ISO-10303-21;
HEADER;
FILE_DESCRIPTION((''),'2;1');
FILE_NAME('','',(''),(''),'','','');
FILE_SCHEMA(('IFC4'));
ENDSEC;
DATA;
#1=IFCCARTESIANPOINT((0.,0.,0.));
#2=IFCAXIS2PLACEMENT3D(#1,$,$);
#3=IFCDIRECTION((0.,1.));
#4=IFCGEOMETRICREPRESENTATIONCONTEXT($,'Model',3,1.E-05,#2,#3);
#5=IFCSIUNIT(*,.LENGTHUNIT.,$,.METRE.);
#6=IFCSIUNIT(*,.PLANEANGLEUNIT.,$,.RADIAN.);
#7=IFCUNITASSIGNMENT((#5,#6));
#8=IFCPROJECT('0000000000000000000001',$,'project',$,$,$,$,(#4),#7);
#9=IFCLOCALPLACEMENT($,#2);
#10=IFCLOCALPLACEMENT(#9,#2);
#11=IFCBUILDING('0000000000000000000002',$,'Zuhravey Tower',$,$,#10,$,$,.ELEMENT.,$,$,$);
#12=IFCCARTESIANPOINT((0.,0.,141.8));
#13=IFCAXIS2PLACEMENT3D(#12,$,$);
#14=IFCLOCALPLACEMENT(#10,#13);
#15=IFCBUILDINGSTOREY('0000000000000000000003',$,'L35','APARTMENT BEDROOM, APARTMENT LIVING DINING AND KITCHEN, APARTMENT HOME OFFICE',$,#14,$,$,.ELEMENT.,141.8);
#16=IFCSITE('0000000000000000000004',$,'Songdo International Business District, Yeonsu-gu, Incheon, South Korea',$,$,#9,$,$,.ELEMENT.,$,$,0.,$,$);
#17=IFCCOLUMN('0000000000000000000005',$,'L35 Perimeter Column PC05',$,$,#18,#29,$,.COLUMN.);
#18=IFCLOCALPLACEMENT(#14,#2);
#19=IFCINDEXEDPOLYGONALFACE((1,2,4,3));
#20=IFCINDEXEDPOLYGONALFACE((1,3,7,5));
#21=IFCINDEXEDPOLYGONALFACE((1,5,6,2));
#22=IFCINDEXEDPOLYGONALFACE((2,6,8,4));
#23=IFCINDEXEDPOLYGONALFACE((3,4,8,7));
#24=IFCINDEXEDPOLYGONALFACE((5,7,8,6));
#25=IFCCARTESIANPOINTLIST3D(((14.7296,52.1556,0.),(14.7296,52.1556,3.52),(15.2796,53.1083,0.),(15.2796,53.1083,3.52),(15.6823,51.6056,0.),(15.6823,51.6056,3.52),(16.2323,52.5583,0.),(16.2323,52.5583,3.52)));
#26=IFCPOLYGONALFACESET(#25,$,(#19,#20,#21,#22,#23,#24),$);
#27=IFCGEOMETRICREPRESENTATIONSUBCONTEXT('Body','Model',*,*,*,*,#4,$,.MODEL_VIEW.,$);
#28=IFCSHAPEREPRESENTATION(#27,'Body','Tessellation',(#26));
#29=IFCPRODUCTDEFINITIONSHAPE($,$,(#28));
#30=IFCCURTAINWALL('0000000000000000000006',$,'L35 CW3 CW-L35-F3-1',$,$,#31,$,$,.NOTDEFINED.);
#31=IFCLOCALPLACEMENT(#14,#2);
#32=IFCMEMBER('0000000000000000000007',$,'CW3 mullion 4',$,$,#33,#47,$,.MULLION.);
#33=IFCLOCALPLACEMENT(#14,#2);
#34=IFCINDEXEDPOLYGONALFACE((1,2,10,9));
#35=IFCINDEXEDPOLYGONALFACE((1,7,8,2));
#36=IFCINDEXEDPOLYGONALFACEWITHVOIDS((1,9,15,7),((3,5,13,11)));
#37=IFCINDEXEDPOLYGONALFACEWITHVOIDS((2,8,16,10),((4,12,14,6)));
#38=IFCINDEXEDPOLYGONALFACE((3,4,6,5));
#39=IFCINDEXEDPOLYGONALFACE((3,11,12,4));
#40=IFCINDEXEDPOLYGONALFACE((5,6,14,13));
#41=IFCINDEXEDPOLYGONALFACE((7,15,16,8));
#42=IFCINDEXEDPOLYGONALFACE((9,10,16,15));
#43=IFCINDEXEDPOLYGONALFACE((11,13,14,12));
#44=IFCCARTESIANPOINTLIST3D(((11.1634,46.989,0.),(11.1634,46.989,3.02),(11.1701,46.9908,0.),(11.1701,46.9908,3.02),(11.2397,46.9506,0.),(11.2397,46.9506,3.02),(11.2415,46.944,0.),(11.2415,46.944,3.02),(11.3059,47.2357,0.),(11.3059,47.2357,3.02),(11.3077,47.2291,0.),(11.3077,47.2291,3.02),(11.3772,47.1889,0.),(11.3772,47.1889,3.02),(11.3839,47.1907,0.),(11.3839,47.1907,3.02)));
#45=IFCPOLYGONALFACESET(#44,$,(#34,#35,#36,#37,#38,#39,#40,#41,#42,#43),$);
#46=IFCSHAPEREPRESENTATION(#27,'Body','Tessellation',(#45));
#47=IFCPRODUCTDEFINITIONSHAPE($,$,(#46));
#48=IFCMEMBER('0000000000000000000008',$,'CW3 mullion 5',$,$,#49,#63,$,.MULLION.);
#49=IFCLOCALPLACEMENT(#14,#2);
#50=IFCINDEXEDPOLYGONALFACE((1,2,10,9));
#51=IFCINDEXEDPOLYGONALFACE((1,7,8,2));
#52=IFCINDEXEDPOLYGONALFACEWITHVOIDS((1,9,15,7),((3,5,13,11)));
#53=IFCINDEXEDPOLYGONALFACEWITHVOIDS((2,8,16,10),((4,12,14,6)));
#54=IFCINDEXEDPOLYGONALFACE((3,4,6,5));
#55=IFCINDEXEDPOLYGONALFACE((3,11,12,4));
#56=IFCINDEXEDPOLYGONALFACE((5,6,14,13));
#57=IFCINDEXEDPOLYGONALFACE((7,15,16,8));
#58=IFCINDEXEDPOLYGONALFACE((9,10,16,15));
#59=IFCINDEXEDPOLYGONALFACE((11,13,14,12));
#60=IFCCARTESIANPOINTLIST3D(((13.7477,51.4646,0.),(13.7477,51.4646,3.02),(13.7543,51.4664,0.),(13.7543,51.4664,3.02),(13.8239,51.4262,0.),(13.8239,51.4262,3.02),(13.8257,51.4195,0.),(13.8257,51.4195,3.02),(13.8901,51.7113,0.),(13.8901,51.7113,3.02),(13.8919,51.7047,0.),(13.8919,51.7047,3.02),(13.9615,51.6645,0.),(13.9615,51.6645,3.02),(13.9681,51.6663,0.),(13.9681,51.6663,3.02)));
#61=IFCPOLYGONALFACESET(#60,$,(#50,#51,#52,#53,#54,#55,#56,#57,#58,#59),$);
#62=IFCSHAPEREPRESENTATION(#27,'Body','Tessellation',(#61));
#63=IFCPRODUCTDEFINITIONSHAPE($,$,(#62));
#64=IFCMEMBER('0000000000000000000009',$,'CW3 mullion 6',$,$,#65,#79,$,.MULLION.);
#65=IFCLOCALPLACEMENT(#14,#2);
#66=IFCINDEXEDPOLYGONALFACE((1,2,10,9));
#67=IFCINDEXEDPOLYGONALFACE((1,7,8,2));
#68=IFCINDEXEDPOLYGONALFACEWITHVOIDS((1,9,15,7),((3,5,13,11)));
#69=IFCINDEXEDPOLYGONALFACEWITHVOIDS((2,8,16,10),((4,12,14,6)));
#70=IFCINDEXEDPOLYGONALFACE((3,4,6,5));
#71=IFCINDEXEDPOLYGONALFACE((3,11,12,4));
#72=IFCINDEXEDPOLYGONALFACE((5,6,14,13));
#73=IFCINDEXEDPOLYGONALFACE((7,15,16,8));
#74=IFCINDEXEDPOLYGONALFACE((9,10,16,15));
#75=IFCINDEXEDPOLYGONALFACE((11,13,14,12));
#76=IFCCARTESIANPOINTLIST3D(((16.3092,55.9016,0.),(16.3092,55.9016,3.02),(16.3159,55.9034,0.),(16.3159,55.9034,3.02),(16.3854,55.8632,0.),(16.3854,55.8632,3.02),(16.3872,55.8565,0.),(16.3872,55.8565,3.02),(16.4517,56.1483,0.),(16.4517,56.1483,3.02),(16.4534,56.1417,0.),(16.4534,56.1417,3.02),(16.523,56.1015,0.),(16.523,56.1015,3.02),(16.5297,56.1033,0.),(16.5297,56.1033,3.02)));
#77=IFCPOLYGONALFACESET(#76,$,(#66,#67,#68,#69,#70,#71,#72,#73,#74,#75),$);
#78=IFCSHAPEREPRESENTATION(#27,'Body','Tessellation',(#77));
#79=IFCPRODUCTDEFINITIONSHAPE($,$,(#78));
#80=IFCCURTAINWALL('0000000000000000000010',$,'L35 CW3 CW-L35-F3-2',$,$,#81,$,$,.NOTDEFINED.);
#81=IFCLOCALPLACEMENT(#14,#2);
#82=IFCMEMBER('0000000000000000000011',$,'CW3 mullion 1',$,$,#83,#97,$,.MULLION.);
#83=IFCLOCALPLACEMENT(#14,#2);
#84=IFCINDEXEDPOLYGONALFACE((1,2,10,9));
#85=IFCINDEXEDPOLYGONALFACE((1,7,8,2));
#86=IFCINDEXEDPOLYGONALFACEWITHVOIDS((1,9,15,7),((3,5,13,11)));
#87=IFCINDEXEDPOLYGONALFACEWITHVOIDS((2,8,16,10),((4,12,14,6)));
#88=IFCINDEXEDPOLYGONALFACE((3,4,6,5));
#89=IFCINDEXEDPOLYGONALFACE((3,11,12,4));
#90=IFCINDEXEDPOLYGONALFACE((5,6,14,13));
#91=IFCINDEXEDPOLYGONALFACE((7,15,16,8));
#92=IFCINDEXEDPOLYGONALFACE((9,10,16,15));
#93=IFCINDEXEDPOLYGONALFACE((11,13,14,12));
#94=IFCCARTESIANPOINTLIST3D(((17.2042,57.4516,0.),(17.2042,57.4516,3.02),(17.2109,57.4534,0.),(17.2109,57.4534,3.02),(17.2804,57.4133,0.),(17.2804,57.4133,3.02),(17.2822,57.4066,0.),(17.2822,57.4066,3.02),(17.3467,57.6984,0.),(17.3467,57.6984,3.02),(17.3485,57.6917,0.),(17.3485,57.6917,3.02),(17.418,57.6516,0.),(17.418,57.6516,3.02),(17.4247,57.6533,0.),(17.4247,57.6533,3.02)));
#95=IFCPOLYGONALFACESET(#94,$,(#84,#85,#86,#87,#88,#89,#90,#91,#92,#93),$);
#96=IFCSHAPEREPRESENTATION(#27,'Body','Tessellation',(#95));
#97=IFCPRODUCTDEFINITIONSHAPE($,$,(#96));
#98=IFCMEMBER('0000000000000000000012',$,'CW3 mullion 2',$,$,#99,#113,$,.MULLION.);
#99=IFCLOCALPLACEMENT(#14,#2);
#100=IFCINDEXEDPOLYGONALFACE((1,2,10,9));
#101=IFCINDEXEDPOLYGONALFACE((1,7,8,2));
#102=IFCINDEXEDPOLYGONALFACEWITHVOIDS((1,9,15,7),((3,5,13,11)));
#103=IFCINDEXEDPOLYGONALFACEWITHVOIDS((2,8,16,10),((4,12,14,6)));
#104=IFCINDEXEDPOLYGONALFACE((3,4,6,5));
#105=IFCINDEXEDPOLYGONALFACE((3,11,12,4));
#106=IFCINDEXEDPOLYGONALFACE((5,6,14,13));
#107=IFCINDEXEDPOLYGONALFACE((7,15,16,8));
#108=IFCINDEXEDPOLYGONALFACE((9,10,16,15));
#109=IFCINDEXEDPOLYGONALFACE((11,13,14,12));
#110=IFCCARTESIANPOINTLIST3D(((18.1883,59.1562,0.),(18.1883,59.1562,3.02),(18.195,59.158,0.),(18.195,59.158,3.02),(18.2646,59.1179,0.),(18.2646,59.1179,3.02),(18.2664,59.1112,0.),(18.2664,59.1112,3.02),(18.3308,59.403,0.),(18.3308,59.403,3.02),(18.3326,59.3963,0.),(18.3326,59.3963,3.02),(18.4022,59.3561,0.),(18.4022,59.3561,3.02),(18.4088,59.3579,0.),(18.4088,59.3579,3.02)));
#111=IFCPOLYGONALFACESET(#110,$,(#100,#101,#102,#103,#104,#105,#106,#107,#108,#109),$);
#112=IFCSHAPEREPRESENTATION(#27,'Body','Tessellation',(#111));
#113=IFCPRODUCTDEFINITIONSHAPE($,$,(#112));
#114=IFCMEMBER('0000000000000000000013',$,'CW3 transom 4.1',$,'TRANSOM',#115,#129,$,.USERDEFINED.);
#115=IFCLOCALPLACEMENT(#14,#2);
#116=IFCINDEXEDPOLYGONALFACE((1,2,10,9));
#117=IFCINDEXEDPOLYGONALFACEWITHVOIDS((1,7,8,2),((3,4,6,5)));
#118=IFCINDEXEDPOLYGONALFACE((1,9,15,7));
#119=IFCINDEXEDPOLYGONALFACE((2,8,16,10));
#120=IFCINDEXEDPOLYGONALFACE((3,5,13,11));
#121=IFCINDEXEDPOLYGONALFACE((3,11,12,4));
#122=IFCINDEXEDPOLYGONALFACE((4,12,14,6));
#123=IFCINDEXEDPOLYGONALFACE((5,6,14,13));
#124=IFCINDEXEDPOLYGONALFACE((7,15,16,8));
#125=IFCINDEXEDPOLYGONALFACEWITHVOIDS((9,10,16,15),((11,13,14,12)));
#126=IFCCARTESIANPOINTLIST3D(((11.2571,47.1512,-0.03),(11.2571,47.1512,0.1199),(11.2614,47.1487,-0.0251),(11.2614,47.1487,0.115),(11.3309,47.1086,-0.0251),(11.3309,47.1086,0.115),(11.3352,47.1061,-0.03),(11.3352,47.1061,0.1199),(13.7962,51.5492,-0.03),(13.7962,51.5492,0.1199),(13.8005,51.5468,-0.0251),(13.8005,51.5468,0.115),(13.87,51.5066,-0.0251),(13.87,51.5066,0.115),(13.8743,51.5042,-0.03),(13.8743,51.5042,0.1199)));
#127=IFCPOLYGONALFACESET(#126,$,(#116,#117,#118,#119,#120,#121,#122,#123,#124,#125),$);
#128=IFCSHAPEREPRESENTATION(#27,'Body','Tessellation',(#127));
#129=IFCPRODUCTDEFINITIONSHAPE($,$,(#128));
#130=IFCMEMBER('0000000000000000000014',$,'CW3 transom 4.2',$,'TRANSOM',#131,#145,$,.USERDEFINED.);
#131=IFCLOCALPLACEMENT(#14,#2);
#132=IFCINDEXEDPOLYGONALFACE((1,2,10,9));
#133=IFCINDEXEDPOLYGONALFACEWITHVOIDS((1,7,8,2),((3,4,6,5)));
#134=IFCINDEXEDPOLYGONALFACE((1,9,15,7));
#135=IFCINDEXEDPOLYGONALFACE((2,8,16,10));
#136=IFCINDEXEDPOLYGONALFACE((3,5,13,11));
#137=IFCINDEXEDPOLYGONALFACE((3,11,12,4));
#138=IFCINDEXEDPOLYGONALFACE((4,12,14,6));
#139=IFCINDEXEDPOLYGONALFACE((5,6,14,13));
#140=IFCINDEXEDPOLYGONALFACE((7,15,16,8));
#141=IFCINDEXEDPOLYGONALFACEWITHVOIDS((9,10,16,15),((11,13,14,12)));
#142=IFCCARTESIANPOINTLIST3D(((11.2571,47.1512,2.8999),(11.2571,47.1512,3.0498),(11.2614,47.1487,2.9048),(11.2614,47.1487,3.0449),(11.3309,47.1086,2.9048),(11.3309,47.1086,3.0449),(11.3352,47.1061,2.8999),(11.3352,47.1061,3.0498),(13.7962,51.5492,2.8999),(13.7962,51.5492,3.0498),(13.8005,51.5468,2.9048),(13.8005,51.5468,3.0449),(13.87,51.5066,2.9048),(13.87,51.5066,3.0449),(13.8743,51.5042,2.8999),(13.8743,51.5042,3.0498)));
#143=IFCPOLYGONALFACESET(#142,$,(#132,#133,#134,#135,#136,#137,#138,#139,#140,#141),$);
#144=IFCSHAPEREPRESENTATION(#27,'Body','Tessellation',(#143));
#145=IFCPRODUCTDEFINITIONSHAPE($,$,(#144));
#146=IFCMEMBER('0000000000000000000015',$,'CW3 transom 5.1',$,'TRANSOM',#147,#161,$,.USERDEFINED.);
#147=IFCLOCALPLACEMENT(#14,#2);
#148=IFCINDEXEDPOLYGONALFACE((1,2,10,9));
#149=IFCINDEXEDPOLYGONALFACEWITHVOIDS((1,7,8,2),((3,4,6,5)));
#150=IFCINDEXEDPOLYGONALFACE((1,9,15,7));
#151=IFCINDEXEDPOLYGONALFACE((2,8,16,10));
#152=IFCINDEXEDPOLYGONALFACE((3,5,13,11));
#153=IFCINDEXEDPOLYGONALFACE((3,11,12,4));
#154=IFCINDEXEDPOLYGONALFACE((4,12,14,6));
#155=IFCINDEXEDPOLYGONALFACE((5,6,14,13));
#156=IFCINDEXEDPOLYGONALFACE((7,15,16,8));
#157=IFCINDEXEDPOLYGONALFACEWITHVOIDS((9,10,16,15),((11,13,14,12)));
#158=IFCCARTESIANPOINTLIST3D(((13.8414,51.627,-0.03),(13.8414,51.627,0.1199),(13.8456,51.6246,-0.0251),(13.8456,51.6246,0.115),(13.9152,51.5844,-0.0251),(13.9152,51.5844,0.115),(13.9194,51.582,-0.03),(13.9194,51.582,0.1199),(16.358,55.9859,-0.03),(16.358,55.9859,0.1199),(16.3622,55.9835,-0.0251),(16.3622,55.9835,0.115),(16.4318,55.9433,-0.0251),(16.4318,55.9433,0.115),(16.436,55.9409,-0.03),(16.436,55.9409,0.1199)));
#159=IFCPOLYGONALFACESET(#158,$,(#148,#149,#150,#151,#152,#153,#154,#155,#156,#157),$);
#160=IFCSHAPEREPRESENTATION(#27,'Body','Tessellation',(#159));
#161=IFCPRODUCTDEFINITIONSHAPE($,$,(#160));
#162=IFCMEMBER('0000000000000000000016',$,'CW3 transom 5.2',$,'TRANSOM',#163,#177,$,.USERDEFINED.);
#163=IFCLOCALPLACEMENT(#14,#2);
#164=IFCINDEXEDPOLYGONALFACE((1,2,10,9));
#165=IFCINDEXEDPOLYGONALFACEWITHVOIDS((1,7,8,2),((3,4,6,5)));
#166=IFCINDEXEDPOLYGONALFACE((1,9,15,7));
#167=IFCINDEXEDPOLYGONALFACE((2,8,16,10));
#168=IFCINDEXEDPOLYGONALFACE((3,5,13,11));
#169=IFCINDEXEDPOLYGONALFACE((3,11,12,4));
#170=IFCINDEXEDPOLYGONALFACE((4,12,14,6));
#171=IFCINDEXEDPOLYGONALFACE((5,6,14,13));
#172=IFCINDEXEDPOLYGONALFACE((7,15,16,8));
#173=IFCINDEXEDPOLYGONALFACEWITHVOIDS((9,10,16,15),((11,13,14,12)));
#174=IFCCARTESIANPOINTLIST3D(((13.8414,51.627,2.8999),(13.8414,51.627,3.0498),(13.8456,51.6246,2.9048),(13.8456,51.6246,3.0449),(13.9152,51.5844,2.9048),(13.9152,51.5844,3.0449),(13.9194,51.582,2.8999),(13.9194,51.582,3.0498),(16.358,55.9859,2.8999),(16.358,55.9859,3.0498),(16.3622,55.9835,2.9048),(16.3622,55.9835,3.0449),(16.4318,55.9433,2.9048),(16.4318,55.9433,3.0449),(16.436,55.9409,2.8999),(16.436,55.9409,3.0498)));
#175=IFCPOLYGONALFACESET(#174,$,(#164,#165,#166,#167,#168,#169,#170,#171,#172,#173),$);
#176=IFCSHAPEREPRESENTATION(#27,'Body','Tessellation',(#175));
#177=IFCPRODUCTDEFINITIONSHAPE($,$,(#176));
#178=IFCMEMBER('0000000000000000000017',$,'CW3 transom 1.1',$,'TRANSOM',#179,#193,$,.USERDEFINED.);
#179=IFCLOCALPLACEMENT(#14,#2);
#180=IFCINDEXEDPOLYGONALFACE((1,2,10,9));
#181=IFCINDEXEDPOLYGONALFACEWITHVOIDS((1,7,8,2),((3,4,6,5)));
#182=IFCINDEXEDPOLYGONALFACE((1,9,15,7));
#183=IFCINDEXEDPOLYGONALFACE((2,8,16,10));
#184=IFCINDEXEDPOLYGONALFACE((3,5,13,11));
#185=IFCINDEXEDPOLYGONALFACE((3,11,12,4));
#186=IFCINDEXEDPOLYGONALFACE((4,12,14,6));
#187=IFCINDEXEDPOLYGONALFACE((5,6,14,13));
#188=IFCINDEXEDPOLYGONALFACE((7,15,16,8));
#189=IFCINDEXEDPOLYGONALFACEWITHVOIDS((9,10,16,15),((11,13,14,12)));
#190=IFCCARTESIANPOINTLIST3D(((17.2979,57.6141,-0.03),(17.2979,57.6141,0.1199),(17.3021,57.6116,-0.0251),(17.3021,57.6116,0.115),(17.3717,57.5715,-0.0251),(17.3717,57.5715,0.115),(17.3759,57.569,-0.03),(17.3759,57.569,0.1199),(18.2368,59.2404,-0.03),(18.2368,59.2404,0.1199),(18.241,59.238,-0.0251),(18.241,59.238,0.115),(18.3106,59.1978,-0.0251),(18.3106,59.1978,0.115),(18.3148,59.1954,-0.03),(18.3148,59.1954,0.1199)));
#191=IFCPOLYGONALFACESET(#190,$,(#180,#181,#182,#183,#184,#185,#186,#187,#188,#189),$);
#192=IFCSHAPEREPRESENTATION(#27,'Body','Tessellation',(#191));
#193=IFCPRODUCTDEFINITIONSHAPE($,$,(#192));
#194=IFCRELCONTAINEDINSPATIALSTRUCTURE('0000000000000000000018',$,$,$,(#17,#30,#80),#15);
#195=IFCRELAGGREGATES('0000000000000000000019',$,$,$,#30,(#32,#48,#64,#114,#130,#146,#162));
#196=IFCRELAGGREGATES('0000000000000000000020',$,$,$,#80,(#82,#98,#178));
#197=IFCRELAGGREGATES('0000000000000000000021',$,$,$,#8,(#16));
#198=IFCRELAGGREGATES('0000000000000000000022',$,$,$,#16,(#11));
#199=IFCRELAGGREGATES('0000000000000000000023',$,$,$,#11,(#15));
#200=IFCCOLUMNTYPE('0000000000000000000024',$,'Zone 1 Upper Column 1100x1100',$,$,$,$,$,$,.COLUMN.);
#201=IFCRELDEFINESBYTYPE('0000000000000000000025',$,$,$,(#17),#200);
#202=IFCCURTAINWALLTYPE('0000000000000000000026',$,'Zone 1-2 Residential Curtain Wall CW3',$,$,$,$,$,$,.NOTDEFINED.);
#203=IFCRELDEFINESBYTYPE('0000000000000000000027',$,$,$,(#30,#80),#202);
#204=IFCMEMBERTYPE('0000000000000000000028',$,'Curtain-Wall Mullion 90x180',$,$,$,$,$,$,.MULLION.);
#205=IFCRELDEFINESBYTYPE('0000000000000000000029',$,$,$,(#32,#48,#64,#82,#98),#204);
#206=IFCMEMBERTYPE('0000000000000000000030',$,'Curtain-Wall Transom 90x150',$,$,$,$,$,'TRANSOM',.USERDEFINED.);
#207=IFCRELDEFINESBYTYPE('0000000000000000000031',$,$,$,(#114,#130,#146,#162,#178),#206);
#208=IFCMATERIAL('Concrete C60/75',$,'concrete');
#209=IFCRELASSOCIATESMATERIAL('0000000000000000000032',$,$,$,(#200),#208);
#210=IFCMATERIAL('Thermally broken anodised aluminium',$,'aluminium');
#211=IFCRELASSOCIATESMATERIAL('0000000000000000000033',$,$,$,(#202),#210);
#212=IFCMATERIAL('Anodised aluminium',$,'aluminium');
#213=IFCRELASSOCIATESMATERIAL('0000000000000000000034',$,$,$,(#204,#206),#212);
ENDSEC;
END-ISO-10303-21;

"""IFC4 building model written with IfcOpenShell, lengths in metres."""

from ifc_helpers import new_model, si_unit, direction, frame, origin, origin_2d, place, context, subcontext, project, spatial, rectangle, hollow_rectangle, extrude, material, material_profile, profile_set, type_object, element, aggregate, save


model = new_model("IFC4")

# Units and contexts
model_context = context("Model", 3, precision=1e-05, world=origin(), true_north=direction((0.0, 1.0)))
body_context = subcontext(model_context, "Body", "Model", "MODEL_VIEW")
ifc_project = project(units=[si_unit("LENGTHUNIT", "METRE"), si_unit("PLANEANGLEUNIT", "RADIAN")], contexts=[model_context])

# Site, building, storey
site_placement = place(None, origin())
site = spatial("IfcSite", under=ifc_project, at=site_placement, Name="Songdo International Business District, Yeonsu-gu, Incheon, South Korea", CompositionType="ELEMENT", RefElevation=0.0)
building_placement = place(site_placement, origin())
building = spatial("IfcBuilding", under=site, at=building_placement, Name="Zuhravey Tower", CompositionType="ELEMENT")
storey_placement = place(building_placement, frame((0.0, 0.0, 141.8)))
storey = spatial("IfcBuildingStorey", under=building, at=storey_placement, Name="L35", Description="APARTMENT BEDROOM, APARTMENT LIVING DINING AND KITCHEN, APARTMENT HOME OFFICE", CompositionType="ELEMENT", Elevation=141.8)

# Column
ifc_material_1 = material(Name="Concrete C60/75", Category="concrete")
ifc_material_profile_1 = material_profile(ifc_material_1, rectangle(XDim=1.1001, YDim=1.1001, at=origin_2d()), Name="RC-1100x1100")
ifc_profile_set_1 = profile_set([ifc_material_profile_1], Name="Concrete C60/75")
column_type = type_object("IfcColumnType", Name="Zone 1 Upper Column 1100x1100", PredefinedType="COLUMN", material=ifc_profile_set_1)
column_placement = place(storey_placement, frame((15.481, 52.3569, 0.0), z_axis=(0.0, 0.0, 1.0), x_axis=(-0.5, -0.866025, 0.0)))
element("IfcColumn", 1, at=column_placement, inside=storey, type_object=column_type, Name="L35 Perimeter Column PC05", PredefinedType="COLUMN", context=body_context, shape_type="SweptSolid", body=[
    extrude(rectangle(XDim=1.1001, YDim=1.1001, at=origin_2d()), origin(), (0.0, 0.0, 1.0), 3.52),
])

# Curtain walls, members
ifc_material_2 = material(Name="Thermally broken anodised aluminium", Category="aluminium")
curtain_wall_type = type_object("IfcCurtainWallType", Name="Zone 1-2 Residential Curtain Wall CW3", PredefinedType="NOTDEFINED", material=ifc_material_2)
curtain_wall_1_placement = place(storey_placement, origin())
curtain_wall_1 = element("IfcCurtainWall", 2, at=curtain_wall_1_placement, inside=storey, type_object=curtain_wall_type, Name="L35 CW3 CW-L35-F3-1", PredefinedType="NOTDEFINED")
ifc_material_3 = material(Name="Anodised aluminium", Category="aluminium")
ifc_material_profile_2 = material_profile(ifc_material_3, hollow_rectangle(XDim=0.0901, YDim=0.2849, WallThickness=0.0049, at=origin_2d()), Name="ALU-RHS-90x285x5")
ifc_profile_set_2 = profile_set([ifc_material_profile_2], Name="Anodised aluminium")
member_type_1 = type_object("IfcMemberType", Name="Curtain-Wall Mullion 90x180", PredefinedType="MULLION", material=ifc_profile_set_2)
member_1_placement = place(storey_placement, frame((11.2737, 47.0898, 0.0), z_axis=(0.0, 0.0, 1.0), x_axis=(-0.866026, 0.5, 0.0)))
member_1 = element("IfcMember", 3, at=member_1_placement, type_object=member_type_1, Name="CW3 mullion 4", PredefinedType="MULLION", context=body_context, shape_type="SweptSolid", body=[
    extrude(hollow_rectangle(XDim=0.0901, YDim=0.2849, WallThickness=0.0049, at=origin_2d()), origin(), (0.0, 0.0, 1.0), 3.02),
])
member_2_placement = place(storey_placement, frame((13.8579, 51.5654, 0.0), z_axis=(0.0, 0.0, 1.0), x_axis=(-0.866026, 0.5, 0.0)))
member_2 = element("IfcMember", 4, at=member_2_placement, type_object=member_type_1, Name="CW3 mullion 5", PredefinedType="MULLION", context=body_context, shape_type="SweptSolid", body=[
    extrude(hollow_rectangle(XDim=0.0901, YDim=0.2849, WallThickness=0.0049, at=origin_2d()), origin(), (0.0, 0.0, 1.0), 3.02),
])
member_3_placement = place(storey_placement, frame((16.4194, 56.0024, 0.0), z_axis=(0.0, 0.0, 1.0), x_axis=(-0.866026, 0.5, 0.0)))
member_3 = element("IfcMember", 5, at=member_3_placement, type_object=member_type_1, Name="CW3 mullion 6", PredefinedType="MULLION", context=body_context, shape_type="SweptSolid", body=[
    extrude(hollow_rectangle(XDim=0.0901, YDim=0.2849, WallThickness=0.0049, at=origin_2d()), origin(), (0.0, 0.0, 1.0), 3.02),
])
curtain_wall_2_placement = place(storey_placement, origin())
curtain_wall_2 = element("IfcCurtainWall", 6, at=curtain_wall_2_placement, inside=storey, type_object=curtain_wall_type, Name="L35 CW3 CW-L35-F3-2", PredefinedType="NOTDEFINED")
member_4_placement = place(storey_placement, frame((17.3145, 57.5525, 0.0), z_axis=(0.0, 0.0, 1.0), x_axis=(-0.866031, 0.49999, 0.0)))
member_4 = element("IfcMember", 7, at=member_4_placement, type_object=member_type_1, Name="CW3 mullion 1", PredefinedType="MULLION", context=body_context, shape_type="SweptSolid", body=[
    extrude(hollow_rectangle(XDim=0.0901, YDim=0.2849, WallThickness=0.0049, at=origin_2d()), origin(), (0.0, 0.0, 1.0), 3.02),
])
member_5_placement = place(storey_placement, frame((18.2986, 59.2571, 0.0), z_axis=(0.0, 0.0, 1.0), x_axis=(-0.866031, 0.49999, 0.0)))
member_5 = element("IfcMember", 8, at=member_5_placement, type_object=member_type_1, Name="CW3 mullion 2", PredefinedType="MULLION", context=body_context, shape_type="SweptSolid", body=[
    extrude(hollow_rectangle(XDim=0.0901, YDim=0.2849, WallThickness=0.0049, at=origin_2d()), origin(), (0.0, 0.0, 1.0), 3.02),
])

# Members
ifc_material_profile_3 = material_profile(ifc_material_3, hollow_rectangle(XDim=0.0901, YDim=0.1499, WallThickness=0.0049, at=origin_2d()), Name="ALU-RHS-90x150x5")
ifc_profile_set_3 = profile_set([ifc_material_profile_3], Name="Anodised aluminium")
member_type_2 = type_object("IfcMemberType", Name="Curtain-Wall Transom 90x150", ElementType="TRANSOM", PredefinedType="USERDEFINED", material=ifc_profile_set_3)
member_6_placement = place(storey_placement, frame((11.2961, 47.1287, 0.0449), z_axis=(0.499986, 0.866033, 0.0), x_axis=(-0.866033, 0.499986, 0.0)))
member_6 = element("IfcMember", 9, at=member_6_placement, type_object=member_type_2, Name="CW3 transom 4.1", ObjectType="TRANSOM", PredefinedType="USERDEFINED", context=body_context, shape_type="SweptSolid", body=[
    extrude(hollow_rectangle(XDim=0.0901, YDim=0.1499, WallThickness=0.0049, at=origin_2d()), origin(), (0.0, 0.0, 1.0), 5.0784),
])
member_7_placement = place(storey_placement, frame((11.2961, 47.1287, 2.9749), z_axis=(0.499986, 0.866033, 0.0), x_axis=(-0.866033, 0.499986, 0.0)))
member_7 = element("IfcMember", 10, at=member_7_placement, type_object=member_type_2, Name="CW3 transom 4.2", ObjectType="TRANSOM", PredefinedType="USERDEFINED", context=body_context, shape_type="SweptSolid", body=[
    extrude(hollow_rectangle(XDim=0.0901, YDim=0.1499, WallThickness=0.0049, at=origin_2d()), origin(), (0.0, 0.0, 1.0), 5.0784),
])
member_8_placement = place(storey_placement, frame((13.8804, 51.6045, 0.0449), z_axis=(0.5, 0.866026, 0.0), x_axis=(-0.866026, 0.5, 0.0)))
member_8 = element("IfcMember", 11, at=member_8_placement, type_object=member_type_2, Name="CW3 transom 5.1", ObjectType="TRANSOM", PredefinedType="USERDEFINED", context=body_context, shape_type="SweptSolid", body=[
    extrude(hollow_rectangle(XDim=0.0901, YDim=0.1499, WallThickness=0.0049, at=origin_2d()), origin(), (0.0, 0.0, 1.0), 5.0332),
])
member_9_placement = place(storey_placement, frame((13.8804, 51.6045, 2.9749), z_axis=(0.5, 0.866026, 0.0), x_axis=(-0.866026, 0.5, 0.0)))
member_9 = element("IfcMember", 12, at=member_9_placement, type_object=member_type_2, Name="CW3 transom 5.2", ObjectType="TRANSOM", PredefinedType="USERDEFINED", context=body_context, shape_type="SweptSolid", body=[
    extrude(hollow_rectangle(XDim=0.0901, YDim=0.1499, WallThickness=0.0049, at=origin_2d()), origin(), (0.0, 0.0, 1.0), 5.0332),
])
member_10_placement = place(storey_placement, frame((17.3369, 57.5916, 0.0449), z_axis=(0.49997, 0.866043, 0.0), x_axis=(-0.866043, 0.49997, 0.0)))
member_10 = element("IfcMember", 13, at=member_10_placement, type_object=member_type_2, Name="CW3 transom 1.1", ObjectType="TRANSOM", PredefinedType="USERDEFINED", context=body_context, shape_type="SweptSolid", body=[
    extrude(hollow_rectangle(XDim=0.0901, YDim=0.1499, WallThickness=0.0049, at=origin_2d()), origin(), (0.0, 0.0, 1.0), 1.8779),
])

aggregate(curtain_wall_1, [member_1, member_2, member_3, member_6, member_7, member_8, member_9])
aggregate(curtain_wall_2, [member_4, member_5, member_10])

save(model, "model.ifc")
